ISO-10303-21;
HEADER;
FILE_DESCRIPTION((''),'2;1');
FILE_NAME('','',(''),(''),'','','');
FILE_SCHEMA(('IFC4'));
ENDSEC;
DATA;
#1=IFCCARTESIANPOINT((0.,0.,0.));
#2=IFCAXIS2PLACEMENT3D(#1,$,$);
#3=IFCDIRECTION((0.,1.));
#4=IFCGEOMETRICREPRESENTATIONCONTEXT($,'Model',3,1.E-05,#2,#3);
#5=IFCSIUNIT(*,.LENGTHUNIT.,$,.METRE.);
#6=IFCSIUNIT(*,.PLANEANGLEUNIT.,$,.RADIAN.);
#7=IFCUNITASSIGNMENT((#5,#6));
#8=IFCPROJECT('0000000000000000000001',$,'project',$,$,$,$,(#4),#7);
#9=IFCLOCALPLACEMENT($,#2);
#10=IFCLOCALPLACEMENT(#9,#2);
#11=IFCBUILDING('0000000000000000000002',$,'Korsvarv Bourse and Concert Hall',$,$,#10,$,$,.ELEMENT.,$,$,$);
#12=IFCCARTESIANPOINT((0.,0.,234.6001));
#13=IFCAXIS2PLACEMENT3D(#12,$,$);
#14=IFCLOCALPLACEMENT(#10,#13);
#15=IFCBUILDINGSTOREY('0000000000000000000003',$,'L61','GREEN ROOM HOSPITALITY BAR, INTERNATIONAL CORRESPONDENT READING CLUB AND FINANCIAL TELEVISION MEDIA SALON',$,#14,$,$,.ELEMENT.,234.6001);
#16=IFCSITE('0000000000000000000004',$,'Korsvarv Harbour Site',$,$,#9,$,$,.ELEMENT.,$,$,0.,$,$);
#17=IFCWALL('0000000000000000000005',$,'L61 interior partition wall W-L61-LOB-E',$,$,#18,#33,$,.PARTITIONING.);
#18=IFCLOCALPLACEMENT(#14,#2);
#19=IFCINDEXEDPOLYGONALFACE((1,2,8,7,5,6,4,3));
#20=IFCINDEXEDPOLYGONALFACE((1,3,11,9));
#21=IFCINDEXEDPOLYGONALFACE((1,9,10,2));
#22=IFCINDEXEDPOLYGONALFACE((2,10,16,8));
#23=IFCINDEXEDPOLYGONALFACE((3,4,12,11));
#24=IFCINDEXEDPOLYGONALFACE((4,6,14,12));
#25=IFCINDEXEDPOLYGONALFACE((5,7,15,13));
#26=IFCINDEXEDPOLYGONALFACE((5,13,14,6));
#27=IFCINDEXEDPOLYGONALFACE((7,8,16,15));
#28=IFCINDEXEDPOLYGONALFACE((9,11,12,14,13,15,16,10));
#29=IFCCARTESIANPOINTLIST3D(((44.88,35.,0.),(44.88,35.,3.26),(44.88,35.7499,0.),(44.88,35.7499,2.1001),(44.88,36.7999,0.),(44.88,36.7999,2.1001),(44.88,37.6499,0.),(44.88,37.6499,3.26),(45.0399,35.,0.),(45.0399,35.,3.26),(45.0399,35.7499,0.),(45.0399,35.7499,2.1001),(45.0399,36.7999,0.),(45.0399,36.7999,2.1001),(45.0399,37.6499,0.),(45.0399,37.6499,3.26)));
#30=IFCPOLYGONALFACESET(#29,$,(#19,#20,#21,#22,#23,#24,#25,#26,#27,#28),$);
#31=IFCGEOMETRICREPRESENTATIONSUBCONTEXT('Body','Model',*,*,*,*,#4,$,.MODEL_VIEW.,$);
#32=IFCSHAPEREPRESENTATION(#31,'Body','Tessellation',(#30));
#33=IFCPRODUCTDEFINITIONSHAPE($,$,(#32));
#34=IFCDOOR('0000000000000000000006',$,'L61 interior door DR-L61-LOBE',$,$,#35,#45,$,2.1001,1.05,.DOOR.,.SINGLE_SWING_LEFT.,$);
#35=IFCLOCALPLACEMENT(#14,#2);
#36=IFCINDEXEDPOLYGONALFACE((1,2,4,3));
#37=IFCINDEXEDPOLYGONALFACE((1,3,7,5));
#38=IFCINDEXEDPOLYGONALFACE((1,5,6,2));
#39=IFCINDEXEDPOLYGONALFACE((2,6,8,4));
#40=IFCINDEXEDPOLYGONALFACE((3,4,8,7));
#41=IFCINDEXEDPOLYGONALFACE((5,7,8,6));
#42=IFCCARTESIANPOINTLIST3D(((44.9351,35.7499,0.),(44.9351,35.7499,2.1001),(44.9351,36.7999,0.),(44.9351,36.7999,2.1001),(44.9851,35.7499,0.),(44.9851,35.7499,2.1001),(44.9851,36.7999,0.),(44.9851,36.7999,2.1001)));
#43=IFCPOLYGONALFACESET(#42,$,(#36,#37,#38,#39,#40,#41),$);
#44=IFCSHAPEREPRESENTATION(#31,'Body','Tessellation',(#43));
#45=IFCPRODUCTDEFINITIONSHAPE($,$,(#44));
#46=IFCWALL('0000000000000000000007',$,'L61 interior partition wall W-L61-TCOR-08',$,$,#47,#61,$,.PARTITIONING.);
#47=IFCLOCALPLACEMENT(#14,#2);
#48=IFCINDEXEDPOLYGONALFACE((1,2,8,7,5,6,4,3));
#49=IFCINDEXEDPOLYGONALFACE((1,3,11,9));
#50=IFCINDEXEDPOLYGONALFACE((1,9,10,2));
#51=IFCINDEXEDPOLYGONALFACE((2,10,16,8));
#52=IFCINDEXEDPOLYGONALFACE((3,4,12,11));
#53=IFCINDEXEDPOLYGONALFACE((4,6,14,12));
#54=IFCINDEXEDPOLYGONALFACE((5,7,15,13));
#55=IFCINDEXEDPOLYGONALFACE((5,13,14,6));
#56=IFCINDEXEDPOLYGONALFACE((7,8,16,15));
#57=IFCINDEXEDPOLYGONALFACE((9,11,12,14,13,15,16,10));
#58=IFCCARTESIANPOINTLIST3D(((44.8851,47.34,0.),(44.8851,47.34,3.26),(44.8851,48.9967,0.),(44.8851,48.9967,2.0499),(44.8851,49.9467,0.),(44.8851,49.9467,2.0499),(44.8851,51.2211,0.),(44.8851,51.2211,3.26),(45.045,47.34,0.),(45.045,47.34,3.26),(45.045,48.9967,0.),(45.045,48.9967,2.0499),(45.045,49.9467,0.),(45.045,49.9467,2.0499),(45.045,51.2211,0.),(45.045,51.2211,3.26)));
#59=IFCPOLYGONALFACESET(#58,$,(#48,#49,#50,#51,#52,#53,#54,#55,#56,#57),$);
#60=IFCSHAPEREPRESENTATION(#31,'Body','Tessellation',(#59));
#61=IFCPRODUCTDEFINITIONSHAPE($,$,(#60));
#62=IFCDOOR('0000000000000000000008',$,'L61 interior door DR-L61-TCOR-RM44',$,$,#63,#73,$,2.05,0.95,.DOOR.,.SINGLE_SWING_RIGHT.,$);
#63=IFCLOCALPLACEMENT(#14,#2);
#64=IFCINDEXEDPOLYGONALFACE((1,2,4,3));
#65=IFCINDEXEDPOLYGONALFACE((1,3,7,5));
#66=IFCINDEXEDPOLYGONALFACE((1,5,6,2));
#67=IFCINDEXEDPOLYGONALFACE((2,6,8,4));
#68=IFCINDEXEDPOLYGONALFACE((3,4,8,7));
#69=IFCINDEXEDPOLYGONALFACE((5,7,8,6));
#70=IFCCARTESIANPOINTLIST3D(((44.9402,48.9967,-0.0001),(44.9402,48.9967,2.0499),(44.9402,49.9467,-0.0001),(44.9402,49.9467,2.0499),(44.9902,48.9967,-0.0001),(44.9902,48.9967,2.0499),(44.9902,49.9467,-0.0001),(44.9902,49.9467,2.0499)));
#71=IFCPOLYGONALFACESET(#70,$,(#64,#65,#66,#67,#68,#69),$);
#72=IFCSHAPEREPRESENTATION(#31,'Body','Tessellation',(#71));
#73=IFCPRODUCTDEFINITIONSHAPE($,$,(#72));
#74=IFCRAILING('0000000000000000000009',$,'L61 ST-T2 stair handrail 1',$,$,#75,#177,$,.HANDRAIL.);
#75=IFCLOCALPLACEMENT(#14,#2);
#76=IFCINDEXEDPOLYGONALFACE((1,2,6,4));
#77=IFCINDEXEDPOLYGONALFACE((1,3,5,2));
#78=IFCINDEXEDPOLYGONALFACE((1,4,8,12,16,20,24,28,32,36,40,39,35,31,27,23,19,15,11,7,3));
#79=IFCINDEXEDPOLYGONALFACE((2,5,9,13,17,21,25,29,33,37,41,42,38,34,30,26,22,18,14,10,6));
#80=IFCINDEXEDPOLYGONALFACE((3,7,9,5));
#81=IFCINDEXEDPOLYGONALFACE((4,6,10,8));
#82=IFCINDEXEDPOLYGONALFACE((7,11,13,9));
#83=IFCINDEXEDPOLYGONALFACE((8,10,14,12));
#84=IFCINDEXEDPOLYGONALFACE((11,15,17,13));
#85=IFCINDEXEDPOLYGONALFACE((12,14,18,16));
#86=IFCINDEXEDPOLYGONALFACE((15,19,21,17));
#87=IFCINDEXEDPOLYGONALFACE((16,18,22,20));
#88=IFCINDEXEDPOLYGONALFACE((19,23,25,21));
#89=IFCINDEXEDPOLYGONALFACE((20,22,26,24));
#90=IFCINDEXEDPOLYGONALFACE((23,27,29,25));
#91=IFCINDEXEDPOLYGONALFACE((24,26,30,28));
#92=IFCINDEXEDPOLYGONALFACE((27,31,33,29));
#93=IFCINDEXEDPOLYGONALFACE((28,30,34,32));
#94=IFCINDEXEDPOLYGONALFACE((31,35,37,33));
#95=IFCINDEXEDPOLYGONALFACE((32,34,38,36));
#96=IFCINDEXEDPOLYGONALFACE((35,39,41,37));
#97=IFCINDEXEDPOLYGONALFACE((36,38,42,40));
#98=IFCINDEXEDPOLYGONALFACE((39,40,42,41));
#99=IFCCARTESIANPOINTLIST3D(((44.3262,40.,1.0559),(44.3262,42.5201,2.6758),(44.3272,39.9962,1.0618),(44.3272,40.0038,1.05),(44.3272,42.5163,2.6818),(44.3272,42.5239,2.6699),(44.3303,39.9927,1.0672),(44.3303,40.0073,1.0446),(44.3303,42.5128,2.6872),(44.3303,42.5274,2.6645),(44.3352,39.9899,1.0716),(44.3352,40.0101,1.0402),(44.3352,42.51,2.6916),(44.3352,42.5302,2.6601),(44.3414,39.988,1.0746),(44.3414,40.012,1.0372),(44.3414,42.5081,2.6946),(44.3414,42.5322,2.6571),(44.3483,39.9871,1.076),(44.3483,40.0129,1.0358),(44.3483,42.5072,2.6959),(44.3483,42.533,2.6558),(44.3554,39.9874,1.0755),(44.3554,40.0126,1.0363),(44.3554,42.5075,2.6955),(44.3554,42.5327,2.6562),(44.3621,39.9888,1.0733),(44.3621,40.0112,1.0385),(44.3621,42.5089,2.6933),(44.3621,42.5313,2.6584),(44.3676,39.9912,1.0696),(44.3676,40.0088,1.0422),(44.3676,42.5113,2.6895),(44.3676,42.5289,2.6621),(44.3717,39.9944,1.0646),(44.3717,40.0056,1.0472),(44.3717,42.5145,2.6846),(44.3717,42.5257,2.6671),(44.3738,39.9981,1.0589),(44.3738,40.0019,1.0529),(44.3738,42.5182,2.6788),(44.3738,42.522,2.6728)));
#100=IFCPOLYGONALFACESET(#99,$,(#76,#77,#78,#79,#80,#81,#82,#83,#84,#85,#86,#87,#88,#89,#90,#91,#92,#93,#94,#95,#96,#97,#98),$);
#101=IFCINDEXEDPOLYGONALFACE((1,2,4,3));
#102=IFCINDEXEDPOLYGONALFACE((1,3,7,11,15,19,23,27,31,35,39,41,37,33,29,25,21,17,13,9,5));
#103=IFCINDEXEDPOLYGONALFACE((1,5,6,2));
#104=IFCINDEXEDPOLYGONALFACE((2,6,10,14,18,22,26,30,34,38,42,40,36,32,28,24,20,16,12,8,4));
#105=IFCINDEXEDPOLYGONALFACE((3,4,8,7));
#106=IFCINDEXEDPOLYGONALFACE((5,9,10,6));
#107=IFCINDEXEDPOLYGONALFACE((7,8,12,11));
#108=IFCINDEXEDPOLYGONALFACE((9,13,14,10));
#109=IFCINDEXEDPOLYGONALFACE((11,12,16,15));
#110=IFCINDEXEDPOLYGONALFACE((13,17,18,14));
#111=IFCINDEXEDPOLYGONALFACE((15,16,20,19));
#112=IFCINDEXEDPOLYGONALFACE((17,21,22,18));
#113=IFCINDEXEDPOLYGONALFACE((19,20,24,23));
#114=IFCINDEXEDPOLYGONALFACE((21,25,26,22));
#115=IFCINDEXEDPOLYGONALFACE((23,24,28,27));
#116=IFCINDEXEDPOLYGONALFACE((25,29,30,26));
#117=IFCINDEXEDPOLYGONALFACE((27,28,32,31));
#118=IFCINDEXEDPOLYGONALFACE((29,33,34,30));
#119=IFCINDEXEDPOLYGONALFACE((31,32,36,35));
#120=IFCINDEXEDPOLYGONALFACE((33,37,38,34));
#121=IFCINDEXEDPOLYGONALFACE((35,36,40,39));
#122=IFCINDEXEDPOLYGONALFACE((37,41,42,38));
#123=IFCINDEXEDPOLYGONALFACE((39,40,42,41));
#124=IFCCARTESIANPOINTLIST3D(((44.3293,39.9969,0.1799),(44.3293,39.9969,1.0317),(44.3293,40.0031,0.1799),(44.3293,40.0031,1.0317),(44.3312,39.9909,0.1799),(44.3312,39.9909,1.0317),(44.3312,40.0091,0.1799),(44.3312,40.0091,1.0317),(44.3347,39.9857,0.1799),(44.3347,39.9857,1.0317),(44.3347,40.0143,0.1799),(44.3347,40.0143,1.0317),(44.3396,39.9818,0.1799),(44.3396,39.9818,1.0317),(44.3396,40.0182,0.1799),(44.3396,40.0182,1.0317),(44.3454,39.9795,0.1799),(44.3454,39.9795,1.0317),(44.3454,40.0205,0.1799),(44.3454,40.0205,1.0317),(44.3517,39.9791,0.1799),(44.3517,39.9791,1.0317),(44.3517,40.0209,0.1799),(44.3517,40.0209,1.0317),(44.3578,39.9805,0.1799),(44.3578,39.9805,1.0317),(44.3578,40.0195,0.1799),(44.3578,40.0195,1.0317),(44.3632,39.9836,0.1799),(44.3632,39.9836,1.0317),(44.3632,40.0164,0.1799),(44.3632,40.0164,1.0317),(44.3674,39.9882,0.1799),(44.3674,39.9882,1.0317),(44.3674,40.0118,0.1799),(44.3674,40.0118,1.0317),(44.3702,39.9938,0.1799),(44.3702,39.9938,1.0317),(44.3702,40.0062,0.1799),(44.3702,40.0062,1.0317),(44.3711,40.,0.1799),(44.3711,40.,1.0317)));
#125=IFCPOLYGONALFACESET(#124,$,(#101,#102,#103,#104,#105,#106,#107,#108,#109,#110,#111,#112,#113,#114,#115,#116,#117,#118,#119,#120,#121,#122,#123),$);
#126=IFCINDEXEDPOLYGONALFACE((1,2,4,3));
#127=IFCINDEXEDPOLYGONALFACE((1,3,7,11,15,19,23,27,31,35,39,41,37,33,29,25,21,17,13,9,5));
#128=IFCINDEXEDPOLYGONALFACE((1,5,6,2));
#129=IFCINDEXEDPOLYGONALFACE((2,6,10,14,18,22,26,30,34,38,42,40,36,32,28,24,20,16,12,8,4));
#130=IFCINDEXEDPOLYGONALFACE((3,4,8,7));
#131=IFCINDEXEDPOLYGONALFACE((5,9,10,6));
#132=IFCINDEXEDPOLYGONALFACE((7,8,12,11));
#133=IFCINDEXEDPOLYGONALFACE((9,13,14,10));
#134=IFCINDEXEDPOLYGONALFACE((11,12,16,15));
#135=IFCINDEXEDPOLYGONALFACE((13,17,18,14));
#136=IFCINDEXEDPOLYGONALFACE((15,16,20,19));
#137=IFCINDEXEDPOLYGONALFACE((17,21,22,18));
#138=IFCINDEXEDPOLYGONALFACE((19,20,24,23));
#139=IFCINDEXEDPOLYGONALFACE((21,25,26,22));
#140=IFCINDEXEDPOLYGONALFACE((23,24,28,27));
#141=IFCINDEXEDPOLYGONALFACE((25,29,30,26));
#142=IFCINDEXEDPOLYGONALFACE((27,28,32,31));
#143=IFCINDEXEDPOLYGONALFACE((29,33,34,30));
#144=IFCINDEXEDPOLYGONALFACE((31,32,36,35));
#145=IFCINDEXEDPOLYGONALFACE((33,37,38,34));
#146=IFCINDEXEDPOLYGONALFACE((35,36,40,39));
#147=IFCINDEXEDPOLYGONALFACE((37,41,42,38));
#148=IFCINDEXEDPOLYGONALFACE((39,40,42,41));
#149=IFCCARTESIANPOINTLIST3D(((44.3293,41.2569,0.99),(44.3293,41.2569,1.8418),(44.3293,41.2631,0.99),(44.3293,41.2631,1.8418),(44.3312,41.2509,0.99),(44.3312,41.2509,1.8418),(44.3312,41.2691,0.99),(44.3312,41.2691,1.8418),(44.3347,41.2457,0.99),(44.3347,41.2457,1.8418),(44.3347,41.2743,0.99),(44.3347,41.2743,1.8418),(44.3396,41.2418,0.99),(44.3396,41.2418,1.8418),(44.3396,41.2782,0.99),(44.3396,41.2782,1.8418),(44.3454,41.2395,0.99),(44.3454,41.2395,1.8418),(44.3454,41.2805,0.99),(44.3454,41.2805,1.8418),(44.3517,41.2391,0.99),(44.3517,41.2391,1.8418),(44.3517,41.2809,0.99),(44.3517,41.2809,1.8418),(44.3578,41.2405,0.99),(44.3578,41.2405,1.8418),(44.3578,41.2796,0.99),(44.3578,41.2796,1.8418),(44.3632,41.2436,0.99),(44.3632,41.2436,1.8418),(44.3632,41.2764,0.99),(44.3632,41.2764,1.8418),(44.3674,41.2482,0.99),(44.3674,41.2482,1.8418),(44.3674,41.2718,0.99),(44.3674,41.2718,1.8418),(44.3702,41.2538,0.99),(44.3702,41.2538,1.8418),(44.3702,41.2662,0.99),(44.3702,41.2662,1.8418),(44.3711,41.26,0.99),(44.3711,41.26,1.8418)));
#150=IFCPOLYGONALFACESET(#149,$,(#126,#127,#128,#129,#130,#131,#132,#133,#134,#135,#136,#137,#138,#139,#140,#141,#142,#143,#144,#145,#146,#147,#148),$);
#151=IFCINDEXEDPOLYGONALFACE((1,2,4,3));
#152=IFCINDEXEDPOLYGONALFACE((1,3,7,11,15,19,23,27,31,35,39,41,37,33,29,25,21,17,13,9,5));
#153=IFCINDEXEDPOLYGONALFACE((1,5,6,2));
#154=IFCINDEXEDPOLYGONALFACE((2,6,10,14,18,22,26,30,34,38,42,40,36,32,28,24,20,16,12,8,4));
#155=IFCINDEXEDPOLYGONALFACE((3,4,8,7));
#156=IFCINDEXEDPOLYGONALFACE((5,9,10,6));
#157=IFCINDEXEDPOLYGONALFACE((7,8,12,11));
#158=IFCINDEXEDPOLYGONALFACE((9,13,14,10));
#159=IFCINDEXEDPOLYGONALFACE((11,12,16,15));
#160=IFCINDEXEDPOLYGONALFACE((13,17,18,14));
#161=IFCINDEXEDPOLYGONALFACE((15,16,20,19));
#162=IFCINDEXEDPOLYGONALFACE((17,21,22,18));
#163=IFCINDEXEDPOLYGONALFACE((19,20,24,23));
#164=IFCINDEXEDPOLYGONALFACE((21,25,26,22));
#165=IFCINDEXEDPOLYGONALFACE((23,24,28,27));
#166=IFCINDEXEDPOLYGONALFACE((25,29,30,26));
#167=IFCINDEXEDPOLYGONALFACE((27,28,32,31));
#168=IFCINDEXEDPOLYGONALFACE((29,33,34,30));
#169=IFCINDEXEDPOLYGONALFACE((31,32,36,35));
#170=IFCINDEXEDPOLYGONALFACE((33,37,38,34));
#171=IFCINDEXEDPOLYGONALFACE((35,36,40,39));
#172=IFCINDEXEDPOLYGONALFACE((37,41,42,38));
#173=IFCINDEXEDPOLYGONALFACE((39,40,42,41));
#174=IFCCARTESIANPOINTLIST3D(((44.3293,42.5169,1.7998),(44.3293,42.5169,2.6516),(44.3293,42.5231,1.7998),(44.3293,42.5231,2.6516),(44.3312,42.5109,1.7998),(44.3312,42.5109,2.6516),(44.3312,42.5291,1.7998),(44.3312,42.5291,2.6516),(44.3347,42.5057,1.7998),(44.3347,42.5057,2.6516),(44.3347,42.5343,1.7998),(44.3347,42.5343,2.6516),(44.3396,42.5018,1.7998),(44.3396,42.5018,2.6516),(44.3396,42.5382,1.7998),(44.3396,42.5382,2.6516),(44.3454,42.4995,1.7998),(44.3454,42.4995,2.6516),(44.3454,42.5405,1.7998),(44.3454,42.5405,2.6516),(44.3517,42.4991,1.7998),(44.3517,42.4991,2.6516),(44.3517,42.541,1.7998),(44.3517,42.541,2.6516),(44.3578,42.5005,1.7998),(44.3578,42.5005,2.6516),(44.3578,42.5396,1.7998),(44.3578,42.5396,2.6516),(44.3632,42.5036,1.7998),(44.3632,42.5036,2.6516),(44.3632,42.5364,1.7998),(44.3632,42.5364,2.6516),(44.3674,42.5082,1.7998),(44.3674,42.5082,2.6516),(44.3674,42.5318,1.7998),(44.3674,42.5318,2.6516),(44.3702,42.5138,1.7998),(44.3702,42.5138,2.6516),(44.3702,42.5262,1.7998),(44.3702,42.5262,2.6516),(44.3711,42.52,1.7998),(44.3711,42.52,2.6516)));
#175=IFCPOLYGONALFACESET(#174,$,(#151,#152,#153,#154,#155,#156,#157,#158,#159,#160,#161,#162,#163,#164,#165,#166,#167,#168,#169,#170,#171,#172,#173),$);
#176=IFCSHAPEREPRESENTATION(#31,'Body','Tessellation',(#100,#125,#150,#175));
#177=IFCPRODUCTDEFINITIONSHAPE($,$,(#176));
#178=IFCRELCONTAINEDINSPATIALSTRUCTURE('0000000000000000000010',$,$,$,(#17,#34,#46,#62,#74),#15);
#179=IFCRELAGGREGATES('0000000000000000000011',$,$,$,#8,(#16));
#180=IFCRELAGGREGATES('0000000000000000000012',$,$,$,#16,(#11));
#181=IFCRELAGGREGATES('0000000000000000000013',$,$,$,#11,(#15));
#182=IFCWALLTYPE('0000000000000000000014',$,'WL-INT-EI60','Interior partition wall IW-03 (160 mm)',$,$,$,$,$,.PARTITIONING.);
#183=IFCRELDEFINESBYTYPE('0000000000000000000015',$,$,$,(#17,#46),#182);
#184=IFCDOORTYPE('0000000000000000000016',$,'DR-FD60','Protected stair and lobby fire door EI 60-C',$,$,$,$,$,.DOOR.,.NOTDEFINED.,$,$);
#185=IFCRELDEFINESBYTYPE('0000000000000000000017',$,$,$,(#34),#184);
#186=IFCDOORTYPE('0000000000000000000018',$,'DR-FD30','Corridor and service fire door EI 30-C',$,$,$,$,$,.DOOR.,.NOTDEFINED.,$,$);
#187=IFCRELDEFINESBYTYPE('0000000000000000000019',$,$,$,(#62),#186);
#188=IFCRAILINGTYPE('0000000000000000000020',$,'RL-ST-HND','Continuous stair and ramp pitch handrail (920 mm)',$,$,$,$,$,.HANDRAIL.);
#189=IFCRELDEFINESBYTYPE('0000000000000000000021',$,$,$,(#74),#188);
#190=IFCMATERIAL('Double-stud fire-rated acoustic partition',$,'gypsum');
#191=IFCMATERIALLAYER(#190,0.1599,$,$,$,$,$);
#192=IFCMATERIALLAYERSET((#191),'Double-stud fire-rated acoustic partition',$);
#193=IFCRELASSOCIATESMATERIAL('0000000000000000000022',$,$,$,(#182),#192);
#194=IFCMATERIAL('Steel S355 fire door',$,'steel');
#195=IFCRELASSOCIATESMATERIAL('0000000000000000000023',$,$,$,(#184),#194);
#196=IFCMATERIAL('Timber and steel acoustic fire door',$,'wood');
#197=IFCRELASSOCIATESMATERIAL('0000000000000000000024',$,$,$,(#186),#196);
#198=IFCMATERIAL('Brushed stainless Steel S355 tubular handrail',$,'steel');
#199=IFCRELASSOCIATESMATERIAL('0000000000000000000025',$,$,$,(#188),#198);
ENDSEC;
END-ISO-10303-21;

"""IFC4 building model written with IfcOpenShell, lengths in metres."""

from ifc_helpers import new_model, si_unit, direction, frame, frame_2d, origin, origin_2d, place, context, subcontext, project, spatial, rectangle, circle, extrude, material, layer, layer_set, type_object, element, fill, save


model = new_model("IFC4")

# Units and contexts
model_context = context("Model", 3, precision=1e-05, world=origin(), true_north=direction((0.0, 1.0)))
body_context = subcontext(model_context, "Body", "Model", "MODEL_VIEW")
ifc_project = project(units=[si_unit("LENGTHUNIT", "METRE"), si_unit("PLANEANGLEUNIT", "RADIAN")], contexts=[model_context])

# Site, building, storey
site_placement = place(None, origin())
site = spatial("IfcSite", under=ifc_project, at=site_placement, Name="Korsvarv Harbour Site", CompositionType="ELEMENT", RefElevation=0.0)
building_placement = place(site_placement, origin())
building = spatial("IfcBuilding", under=site, at=building_placement, Name="Korsvarv Bourse and Concert Hall", CompositionType="ELEMENT")
storey_placement = place(building_placement, frame((0.0, 0.0, 234.6001)))
storey = spatial("IfcBuildingStorey", under=building, at=storey_placement, Name="L61", Description="GREEN ROOM HOSPITALITY BAR, INTERNATIONAL CORRESPONDENT READING CLUB AND FINANCIAL TELEVISION MEDIA SALON", CompositionType="ELEMENT", Elevation=234.6001)

# Walls, openings, doors
ifc_material_1 = material(Name="Double-stud fire-rated acoustic partition", Category="gypsum")
ifc_layer_1 = layer(ifc_material_1, 0.1599)
ifc_layer_set_1 = layer_set([ifc_layer_1], Name="Double-stud fire-rated acoustic partition")
wall_type_1 = type_object("IfcWallType", Name="WL-INT-EI60", Description="Interior partition wall IW-03 (160 mm)", PredefinedType="PARTITIONING", material=ifc_layer_set_1)
wall_1_placement = place(storey_placement, frame((44.96, 35.0, 0.0), z_axis=(0.0, 0.0, 1.0), x_axis=(0.0, 1.0, 0.0)))
wall_1 = element("IfcWall", 1, at=wall_1_placement, inside=storey, type_object=wall_type_1, Name="L61 interior partition wall W-L61-LOB-E", PredefinedType="PARTITIONING", context=body_context, shape_type="SweptSolid", body=[
    extrude(rectangle(XDim=2.6499, YDim=0.1599, at=frame_2d((1.325, 0.0))), origin(), (0.0, 0.0, 1.0), 3.26),
])
opening_1_placement = place(wall_1_placement, frame((0.75, 0.0, 0.0)))
opening_1 = element("IfcOpeningElement", 2, at=opening_1_placement, cuts=wall_1, PredefinedType="OPENING", context=body_context, shape_type="SweptSolid", body=[
    extrude(rectangle(XDim=1.05, YDim=2.1001, at=frame_2d((0.5249, 1.05))), frame((0.0, 0.0898, 0.0), z_axis=(0.0, -1.0, 0.0), x_axis=(1.0, 0.0, 0.0)), (0.0, 0.0, 1.0), 0.1799),
])
ifc_material_2 = material(Name="Steel S355 fire door", Category="steel")
door_type_1 = type_object("IfcDoorType", Name="DR-FD60", Description="Protected stair and lobby fire door EI 60-C", OperationType="NOTDEFINED", PredefinedType="DOOR", material=ifc_material_2)
door_1_placement = place(opening_1_placement, origin())
door_1 = element("IfcDoor", 3, at=door_1_placement, inside=storey, type_object=door_type_1, Name="L61 interior door DR-L61-LOBE", OperationType="SINGLE_SWING_LEFT", OverallHeight=2.1001, OverallWidth=1.05, PredefinedType="DOOR", context=body_context, shape_type="SweptSolid", body=[
    extrude(rectangle(XDim=1.05, YDim=2.1001, at=frame_2d((0.5249, 1.05))), frame((0.0, 0.0249, 0.0), z_axis=(0.0, -1.0, 0.0), x_axis=(1.0, 0.0, 0.0)), (0.0, 0.0, 1.0), 0.05),
])
fill(opening_1, door_1)
wall_2_placement = place(storey_placement, frame((44.9651, 47.3401, 0.0), z_axis=(0.0, 0.0, 1.0), x_axis=(0.0, 1.0, 0.0)))
wall_2 = element("IfcWall", 4, at=wall_2_placement, inside=storey, type_object=wall_type_1, Name="L61 interior partition wall W-L61-TCOR-08", PredefinedType="PARTITIONING", context=body_context, shape_type="SweptSolid", body=[
    extrude(rectangle(XDim=3.8811, YDim=0.1599, at=frame_2d((1.9404, 0.0))), origin(), (0.0, 0.0, 1.0), 3.26),
])
opening_2_placement = place(wall_2_placement, frame((1.6565, 0.0, 0.0)))
opening_2 = element("IfcOpeningElement", 5, at=opening_2_placement, cuts=wall_2, PredefinedType="OPENING", context=body_context, shape_type="SweptSolid", body=[
    extrude(rectangle(XDim=0.95, YDim=2.05, at=frame_2d((0.4751, 1.0249))), frame((0.0, 0.0898, 0.0), z_axis=(0.0, -1.0, 0.0), x_axis=(1.0, 0.0, 0.0)), (0.0, 0.0, 1.0), 0.1799),
])
ifc_material_3 = material(Name="Timber and steel acoustic fire door", Category="wood")
door_type_2 = type_object("IfcDoorType", Name="DR-FD30", Description="Corridor and service fire door EI 30-C", OperationType="NOTDEFINED", PredefinedType="DOOR", material=ifc_material_3)
door_2_placement = place(opening_2_placement, origin())
door_2 = element("IfcDoor", 6, at=door_2_placement, inside=storey, type_object=door_type_2, Name="L61 interior door DR-L61-TCOR-RM44", OperationType="SINGLE_SWING_RIGHT", OverallHeight=2.05, OverallWidth=0.95, PredefinedType="DOOR", context=body_context, shape_type="SweptSolid", body=[
    extrude(rectangle(XDim=0.95, YDim=2.05, at=frame_2d((0.4751, 1.0249))), frame((0.0, 0.0249, 0.0), z_axis=(0.0, -1.0, 0.0), x_axis=(1.0, 0.0, 0.0)), (0.0, 0.0, 1.0), 0.05),
])
fill(opening_2, door_2)

# Railing
ifc_material_4 = material(Name="Brushed stainless Steel S355 tubular handrail", Category="steel")
railing_type = type_object("IfcRailingType", Name="RL-ST-HND", Description="Continuous stair and ramp pitch handrail (920 mm)", PredefinedType="HANDRAIL", material=ifc_material_4)
railing_placement = place(storey_placement, frame((44.3501, 40.0, 0.1799)))
element("IfcRailing", 7, at=railing_placement, inside=storey, type_object=railing_type, Name="L61 ST-T2 stair handrail 1", PredefinedType="HANDRAIL", context=body_context, shape_type="SweptSolid", body=[
    extrude(circle(Radius=0.0239, at=origin_2d()), frame((0.0, 0.0, 0.876), z_axis=(0.0, 0.8412, 0.540725), x_axis=(-1.0, 0.0, 0.0)), (0.0, 0.0, 1.0), 2.9958),
    extrude(circle(Radius=0.021, at=origin_2d()), origin(), (0.0, 0.0, 1.0), 0.8518),
    extrude(circle(Radius=0.021, at=origin_2d()), frame((0.0, 1.26, 0.8101)), (0.0, 0.0, 1.0), 0.8518),
    extrude(circle(Radius=0.021, at=origin_2d()), frame((0.0, 2.52, 1.6199)), (0.0, 0.0, 1.0), 0.8518),
])

save(model, "model.ifc")
